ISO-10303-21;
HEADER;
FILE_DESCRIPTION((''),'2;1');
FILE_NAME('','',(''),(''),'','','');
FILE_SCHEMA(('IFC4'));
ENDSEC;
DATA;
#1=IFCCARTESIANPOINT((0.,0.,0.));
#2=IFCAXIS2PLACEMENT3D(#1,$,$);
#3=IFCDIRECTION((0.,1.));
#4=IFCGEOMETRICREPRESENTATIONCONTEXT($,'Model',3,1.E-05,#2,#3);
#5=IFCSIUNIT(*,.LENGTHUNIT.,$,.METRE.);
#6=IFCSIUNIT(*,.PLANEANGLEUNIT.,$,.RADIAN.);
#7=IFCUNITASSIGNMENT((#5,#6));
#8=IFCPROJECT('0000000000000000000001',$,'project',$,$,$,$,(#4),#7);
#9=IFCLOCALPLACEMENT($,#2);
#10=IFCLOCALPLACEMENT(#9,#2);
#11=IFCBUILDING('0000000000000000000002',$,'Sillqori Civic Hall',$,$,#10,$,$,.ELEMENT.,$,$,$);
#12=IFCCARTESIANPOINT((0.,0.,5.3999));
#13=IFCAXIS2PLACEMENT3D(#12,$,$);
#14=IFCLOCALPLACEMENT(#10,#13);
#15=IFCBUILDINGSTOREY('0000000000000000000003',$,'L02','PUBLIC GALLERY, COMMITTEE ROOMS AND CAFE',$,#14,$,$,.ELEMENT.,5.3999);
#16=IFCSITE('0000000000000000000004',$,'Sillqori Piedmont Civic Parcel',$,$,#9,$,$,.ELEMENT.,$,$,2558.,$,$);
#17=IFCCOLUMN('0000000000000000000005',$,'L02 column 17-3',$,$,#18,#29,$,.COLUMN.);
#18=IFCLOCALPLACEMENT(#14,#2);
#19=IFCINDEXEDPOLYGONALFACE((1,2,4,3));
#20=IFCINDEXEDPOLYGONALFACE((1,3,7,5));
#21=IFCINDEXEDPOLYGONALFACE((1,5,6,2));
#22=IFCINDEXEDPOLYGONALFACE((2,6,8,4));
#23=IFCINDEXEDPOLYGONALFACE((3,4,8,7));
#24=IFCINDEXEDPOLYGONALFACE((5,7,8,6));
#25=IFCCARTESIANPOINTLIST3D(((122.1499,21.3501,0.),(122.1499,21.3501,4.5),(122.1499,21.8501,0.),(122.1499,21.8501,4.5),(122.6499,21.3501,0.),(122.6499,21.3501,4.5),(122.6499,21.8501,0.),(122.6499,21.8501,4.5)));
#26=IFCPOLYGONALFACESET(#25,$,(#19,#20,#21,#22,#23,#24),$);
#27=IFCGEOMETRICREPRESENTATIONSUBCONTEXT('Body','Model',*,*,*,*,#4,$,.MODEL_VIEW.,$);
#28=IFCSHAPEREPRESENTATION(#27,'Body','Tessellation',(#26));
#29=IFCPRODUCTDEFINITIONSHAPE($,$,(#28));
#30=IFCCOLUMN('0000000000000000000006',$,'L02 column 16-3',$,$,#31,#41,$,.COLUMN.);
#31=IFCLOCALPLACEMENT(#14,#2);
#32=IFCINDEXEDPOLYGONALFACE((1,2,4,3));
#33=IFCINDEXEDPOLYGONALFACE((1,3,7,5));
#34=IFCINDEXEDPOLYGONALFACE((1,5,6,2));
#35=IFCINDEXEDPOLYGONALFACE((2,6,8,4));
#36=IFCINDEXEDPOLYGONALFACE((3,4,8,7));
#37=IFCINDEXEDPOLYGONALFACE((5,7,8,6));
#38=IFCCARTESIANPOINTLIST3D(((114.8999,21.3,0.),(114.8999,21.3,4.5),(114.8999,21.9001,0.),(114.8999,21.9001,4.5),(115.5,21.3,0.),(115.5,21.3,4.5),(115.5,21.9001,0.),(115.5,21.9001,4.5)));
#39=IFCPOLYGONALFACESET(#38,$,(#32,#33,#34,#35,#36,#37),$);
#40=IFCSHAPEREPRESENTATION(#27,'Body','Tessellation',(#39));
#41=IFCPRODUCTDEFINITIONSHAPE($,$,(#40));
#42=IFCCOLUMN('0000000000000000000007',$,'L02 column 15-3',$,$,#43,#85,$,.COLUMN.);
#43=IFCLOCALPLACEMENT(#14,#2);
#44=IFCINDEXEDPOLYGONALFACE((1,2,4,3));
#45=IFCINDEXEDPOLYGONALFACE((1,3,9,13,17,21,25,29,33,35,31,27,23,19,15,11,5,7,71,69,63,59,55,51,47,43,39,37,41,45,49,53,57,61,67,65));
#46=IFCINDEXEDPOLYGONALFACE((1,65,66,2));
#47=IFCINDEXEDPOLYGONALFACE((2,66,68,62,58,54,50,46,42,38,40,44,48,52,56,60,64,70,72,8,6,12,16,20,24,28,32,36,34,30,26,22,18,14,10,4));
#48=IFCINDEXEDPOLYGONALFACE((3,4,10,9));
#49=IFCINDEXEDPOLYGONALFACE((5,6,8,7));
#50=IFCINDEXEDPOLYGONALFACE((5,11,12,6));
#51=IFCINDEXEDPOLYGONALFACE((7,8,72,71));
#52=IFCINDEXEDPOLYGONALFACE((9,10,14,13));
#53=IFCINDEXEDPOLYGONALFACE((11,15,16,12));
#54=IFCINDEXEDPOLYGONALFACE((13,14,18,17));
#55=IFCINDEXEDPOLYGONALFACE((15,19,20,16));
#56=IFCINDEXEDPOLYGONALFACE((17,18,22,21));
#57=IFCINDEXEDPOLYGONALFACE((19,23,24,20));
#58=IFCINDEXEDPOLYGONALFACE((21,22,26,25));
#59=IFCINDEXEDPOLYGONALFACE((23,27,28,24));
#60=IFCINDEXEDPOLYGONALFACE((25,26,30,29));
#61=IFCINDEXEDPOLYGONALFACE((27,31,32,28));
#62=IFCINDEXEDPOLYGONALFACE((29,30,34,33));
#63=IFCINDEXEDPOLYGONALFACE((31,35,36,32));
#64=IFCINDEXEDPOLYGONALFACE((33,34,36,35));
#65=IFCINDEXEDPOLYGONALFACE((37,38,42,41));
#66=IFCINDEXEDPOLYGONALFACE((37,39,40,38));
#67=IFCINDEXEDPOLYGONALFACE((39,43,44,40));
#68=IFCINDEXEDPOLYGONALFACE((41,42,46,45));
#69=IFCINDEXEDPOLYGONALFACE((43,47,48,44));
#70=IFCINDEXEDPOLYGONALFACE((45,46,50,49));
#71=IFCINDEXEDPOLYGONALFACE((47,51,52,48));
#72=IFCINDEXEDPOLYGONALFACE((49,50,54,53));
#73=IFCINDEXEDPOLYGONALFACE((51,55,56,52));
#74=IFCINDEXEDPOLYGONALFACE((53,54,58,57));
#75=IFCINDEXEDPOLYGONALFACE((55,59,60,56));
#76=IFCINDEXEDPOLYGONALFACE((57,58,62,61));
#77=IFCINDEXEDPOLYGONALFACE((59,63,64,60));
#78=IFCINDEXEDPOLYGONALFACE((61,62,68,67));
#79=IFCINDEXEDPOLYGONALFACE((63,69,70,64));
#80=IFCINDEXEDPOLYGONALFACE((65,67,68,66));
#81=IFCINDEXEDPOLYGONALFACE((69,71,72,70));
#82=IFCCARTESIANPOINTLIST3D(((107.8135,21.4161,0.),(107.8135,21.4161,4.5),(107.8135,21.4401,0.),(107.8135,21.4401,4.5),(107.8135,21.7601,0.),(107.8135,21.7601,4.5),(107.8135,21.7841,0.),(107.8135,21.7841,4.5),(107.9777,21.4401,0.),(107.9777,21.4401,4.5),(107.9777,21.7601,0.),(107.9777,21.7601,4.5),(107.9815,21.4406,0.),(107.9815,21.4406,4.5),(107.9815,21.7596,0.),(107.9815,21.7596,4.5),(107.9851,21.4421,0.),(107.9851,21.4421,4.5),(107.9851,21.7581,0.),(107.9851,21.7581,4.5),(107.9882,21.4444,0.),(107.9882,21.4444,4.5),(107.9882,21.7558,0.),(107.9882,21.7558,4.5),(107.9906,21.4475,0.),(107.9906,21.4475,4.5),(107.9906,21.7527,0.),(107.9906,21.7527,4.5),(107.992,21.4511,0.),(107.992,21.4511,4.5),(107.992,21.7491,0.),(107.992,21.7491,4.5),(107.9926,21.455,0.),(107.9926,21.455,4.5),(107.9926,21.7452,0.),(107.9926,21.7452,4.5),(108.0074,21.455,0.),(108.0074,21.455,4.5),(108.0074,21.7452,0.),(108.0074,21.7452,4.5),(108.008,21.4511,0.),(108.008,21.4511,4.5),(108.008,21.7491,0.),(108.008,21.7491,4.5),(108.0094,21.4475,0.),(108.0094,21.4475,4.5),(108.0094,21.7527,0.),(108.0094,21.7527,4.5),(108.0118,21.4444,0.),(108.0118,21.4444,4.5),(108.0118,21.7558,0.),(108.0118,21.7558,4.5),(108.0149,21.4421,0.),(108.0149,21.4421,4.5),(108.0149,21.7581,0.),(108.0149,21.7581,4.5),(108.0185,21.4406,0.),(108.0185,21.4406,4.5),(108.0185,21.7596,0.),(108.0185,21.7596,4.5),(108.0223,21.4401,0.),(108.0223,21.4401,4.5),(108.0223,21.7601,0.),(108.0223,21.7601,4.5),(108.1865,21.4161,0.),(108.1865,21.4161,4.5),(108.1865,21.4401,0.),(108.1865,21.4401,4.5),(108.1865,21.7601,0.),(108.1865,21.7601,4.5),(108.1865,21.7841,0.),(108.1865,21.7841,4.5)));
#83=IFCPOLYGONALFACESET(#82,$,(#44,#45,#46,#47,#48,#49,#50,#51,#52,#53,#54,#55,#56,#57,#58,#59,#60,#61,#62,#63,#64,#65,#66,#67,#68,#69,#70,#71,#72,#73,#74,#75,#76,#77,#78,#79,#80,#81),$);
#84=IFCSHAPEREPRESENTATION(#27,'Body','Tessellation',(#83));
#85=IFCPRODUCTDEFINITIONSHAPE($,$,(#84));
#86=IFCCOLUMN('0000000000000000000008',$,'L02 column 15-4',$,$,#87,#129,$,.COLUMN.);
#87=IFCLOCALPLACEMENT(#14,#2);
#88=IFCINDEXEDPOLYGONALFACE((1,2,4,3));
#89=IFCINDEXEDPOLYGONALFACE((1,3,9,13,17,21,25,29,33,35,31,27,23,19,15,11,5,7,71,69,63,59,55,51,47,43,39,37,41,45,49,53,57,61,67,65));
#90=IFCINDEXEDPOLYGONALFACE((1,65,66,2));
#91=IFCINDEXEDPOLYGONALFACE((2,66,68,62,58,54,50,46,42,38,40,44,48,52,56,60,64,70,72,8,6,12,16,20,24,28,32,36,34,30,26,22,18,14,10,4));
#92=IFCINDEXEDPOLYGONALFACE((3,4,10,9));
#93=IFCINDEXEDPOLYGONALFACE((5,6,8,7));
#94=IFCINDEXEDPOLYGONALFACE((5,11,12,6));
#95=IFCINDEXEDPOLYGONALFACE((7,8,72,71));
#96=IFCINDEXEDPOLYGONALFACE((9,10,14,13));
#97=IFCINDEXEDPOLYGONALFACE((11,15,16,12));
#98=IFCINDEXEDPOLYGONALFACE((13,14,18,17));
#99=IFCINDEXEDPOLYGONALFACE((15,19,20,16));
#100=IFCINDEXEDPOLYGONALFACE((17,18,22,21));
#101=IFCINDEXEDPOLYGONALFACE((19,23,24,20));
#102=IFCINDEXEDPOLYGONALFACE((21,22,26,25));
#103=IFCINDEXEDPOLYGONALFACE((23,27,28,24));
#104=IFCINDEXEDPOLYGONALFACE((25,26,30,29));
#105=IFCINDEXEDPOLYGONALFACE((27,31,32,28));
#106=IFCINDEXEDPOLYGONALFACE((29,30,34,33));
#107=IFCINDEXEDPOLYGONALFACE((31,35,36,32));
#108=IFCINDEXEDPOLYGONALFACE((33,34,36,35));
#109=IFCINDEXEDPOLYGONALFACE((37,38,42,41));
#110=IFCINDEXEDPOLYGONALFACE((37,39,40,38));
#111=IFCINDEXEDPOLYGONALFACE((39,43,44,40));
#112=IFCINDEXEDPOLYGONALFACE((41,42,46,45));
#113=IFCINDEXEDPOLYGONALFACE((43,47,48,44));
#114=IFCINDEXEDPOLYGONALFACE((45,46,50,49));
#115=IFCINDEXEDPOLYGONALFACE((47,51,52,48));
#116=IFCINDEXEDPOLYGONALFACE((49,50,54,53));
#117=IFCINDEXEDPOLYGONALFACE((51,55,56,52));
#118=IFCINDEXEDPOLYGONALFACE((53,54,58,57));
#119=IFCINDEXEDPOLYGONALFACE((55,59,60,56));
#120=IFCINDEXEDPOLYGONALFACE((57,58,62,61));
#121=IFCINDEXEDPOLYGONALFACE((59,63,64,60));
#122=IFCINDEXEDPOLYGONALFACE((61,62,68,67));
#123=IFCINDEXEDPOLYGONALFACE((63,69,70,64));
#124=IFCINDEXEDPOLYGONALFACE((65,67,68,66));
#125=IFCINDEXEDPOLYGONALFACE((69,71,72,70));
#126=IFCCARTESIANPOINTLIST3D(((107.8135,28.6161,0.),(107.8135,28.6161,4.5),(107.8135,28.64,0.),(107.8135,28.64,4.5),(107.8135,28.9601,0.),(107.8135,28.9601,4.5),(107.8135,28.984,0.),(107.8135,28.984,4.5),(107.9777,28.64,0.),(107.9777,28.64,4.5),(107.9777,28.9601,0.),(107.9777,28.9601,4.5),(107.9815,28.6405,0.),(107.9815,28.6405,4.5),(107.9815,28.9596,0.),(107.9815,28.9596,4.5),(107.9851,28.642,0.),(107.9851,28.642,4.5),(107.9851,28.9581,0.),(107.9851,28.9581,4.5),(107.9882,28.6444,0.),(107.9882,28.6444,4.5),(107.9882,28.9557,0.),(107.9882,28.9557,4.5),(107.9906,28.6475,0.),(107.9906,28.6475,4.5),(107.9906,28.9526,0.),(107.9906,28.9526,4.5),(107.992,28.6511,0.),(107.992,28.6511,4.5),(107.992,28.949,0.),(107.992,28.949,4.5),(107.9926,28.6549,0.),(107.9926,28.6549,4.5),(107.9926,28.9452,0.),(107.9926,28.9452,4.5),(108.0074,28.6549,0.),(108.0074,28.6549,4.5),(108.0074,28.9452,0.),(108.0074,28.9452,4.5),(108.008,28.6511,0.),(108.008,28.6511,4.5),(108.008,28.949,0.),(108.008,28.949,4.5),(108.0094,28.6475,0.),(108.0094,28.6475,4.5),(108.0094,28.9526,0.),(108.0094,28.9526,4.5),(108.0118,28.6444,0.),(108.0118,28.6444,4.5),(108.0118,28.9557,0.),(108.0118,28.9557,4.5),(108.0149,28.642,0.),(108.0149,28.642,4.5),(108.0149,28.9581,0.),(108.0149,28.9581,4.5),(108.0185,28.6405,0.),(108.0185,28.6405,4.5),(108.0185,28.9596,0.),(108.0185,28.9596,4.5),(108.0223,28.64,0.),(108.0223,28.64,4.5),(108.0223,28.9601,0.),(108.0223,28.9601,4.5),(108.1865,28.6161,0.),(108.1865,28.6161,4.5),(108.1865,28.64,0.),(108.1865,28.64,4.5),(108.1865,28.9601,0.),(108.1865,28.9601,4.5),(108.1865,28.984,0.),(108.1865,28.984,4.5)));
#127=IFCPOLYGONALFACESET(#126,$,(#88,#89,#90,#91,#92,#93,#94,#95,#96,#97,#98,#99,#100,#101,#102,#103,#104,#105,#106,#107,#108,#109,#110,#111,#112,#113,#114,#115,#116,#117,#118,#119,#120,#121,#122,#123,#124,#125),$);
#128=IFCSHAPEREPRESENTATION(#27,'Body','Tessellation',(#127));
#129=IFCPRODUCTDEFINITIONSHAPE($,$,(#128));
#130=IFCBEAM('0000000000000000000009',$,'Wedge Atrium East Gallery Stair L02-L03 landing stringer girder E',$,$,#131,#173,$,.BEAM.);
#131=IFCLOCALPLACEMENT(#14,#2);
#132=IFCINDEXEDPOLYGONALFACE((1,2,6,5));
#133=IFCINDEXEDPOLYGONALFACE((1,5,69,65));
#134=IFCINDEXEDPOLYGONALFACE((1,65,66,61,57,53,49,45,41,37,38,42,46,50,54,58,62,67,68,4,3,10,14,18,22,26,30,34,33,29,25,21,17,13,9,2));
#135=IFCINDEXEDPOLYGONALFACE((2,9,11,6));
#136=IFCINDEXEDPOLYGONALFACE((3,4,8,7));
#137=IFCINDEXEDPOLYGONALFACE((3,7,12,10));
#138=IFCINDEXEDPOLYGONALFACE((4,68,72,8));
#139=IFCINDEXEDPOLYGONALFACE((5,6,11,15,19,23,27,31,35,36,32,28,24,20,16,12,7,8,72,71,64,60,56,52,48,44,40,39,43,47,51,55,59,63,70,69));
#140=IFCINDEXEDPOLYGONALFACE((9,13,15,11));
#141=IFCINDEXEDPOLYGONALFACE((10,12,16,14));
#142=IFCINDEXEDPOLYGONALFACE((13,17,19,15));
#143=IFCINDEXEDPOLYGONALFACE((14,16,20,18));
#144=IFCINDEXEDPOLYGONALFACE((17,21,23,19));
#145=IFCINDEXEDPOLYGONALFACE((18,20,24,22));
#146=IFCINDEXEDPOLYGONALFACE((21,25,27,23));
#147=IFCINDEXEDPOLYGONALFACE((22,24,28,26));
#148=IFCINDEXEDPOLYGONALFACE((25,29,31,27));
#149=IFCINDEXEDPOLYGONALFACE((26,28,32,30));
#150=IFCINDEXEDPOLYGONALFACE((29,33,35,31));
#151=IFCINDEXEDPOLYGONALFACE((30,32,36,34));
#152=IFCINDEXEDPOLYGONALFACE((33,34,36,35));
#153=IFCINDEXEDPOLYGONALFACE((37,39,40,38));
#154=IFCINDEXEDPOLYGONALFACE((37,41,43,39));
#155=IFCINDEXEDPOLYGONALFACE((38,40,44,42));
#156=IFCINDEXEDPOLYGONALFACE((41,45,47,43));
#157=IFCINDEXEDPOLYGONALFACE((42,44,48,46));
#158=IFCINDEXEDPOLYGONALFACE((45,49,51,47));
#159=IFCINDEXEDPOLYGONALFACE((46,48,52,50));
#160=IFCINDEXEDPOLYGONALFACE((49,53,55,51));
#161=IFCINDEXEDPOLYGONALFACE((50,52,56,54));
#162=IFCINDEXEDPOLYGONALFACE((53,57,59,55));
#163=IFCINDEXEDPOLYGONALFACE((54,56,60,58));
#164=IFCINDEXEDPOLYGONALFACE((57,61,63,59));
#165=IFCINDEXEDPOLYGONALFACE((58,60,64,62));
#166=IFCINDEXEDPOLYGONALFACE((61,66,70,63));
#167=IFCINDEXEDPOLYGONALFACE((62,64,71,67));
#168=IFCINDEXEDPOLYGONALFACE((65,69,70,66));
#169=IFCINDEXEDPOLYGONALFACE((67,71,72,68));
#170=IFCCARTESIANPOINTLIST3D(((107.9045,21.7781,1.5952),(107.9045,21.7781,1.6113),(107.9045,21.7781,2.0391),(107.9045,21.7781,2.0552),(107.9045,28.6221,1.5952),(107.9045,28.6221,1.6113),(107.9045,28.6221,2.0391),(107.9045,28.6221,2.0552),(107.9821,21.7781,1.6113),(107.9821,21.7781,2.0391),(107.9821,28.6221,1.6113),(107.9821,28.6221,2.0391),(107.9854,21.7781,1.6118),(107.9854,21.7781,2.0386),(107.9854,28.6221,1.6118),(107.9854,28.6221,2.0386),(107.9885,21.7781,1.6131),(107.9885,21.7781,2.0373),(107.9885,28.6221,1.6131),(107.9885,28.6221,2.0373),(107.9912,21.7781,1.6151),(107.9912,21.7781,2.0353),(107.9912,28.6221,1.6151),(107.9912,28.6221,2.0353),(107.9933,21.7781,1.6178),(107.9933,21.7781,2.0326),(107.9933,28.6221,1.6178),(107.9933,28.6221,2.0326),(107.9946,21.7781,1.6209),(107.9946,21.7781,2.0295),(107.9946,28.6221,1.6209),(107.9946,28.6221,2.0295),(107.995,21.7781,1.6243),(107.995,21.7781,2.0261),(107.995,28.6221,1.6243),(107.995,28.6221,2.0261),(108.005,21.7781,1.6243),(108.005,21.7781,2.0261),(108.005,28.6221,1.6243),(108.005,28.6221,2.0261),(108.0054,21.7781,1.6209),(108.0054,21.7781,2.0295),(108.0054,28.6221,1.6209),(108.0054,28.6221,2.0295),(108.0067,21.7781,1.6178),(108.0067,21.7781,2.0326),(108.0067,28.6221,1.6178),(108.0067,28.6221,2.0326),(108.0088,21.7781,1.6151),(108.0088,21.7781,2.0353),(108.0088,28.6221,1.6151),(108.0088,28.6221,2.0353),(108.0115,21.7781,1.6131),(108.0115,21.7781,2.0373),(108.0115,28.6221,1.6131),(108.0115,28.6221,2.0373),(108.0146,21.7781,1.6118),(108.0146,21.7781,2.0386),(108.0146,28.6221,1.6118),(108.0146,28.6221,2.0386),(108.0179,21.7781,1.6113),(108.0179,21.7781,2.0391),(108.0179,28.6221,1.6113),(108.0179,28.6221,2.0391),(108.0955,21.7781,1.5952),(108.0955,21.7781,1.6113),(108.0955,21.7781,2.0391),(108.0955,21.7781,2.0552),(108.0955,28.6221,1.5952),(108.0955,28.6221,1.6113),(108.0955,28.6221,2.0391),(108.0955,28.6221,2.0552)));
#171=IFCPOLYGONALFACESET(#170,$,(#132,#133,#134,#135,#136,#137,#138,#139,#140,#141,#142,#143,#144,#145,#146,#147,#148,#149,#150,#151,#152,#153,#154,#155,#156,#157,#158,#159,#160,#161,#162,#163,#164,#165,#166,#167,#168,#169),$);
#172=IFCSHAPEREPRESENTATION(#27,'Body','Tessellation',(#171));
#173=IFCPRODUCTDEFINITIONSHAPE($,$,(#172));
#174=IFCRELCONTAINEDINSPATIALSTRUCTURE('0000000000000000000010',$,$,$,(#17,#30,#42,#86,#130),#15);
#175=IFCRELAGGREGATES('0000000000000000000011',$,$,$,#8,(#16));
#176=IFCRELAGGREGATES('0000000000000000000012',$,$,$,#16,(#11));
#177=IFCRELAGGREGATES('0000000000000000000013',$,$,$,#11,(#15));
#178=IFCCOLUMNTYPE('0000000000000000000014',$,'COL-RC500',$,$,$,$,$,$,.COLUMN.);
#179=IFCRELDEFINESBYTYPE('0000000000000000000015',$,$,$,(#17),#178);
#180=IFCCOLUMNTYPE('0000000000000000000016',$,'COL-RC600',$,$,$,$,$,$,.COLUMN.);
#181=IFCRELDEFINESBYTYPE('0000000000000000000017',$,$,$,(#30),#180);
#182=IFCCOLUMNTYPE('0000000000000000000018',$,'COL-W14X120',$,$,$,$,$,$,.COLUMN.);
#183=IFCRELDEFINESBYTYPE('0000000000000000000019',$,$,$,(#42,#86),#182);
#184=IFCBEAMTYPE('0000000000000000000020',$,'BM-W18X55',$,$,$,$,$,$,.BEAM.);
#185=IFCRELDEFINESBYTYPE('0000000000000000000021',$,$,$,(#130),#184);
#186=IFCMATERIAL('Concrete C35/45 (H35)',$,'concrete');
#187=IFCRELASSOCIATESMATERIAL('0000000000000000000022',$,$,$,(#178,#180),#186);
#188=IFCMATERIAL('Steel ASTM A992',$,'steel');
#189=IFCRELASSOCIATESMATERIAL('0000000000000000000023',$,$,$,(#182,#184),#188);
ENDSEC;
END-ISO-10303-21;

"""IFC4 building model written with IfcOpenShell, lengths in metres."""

from ifc_helpers import new_model, si_unit, direction, frame, origin, origin_2d, place, context, subcontext, project, spatial, rectangle, i_section, extrude, material, material_profile, profile_set, type_object, element, save


model = new_model("IFC4")

# Units and contexts
model_context = context("Model", 3, precision=1e-05, world=origin(), true_north=direction((0.0, 1.0)))
body_context = subcontext(model_context, "Body", "Model", "MODEL_VIEW")
ifc_project = project(units=[si_unit("LENGTHUNIT", "METRE"), si_unit("PLANEANGLEUNIT", "RADIAN")], contexts=[model_context])

# Site, building, storey
site_placement = place(None, origin())
site = spatial("IfcSite", under=ifc_project, at=site_placement, Name="Sillqori Piedmont Civic Parcel", CompositionType="ELEMENT", RefElevation=2558.0)
building_placement = place(site_placement, origin())
building = spatial("IfcBuilding", under=site, at=building_placement, Name="Sillqori Civic Hall", CompositionType="ELEMENT")
storey_placement = place(building_placement, frame((0.0, 0.0, 5.3999)))
storey = spatial("IfcBuildingStorey", under=building, at=storey_placement, Name="L02", Description="PUBLIC GALLERY, COMMITTEE ROOMS AND CAFE", CompositionType="ELEMENT", Elevation=5.3999)

# Columns
ifc_material_1 = material(Name="Concrete C35/45 (H35)", Category="concrete")
ifc_material_profile_1 = material_profile(ifc_material_1, rectangle(XDim=0.5, YDim=0.5, at=origin_2d()), Name="RC 500x500")
ifc_profile_set_1 = profile_set([ifc_material_profile_1], Name="Concrete C35/45 (H35)")
column_type_1 = type_object("IfcColumnType", Name="COL-RC500", PredefinedType="COLUMN", material=ifc_profile_set_1)
column_1_placement = place(storey_placement, frame((122.3999, 21.6001, 0.0), z_axis=(0.0, 0.0, 1.0), x_axis=(1.0, 0.0, 0.0)))
element("IfcColumn", 1, at=column_1_placement, inside=storey, type_object=column_type_1, Name="L02 column 17-3", PredefinedType="COLUMN", context=body_context, shape_type="SweptSolid", body=[
    extrude(rectangle(XDim=0.5, YDim=0.5, at=origin_2d()), origin(), (0.0, 0.0, 1.0), 4.5),
])
ifc_material_profile_2 = material_profile(ifc_material_1, rectangle(XDim=0.6001, YDim=0.6001, at=origin_2d()), Name="RC 600x600")
ifc_profile_set_2 = profile_set([ifc_material_profile_2], Name="Concrete C35/45 (H35)")
column_type_2 = type_object("IfcColumnType", Name="COL-RC600", PredefinedType="COLUMN", material=ifc_profile_set_2)
column_2_placement = place(storey_placement, frame((115.2, 21.6001, 0.0), z_axis=(0.0, 0.0, 1.0), x_axis=(1.0, 0.0, 0.0)))
element("IfcColumn", 2, at=column_2_placement, inside=storey, type_object=column_type_2, Name="L02 column 16-3", PredefinedType="COLUMN", context=body_context, shape_type="SweptSolid", body=[
    extrude(rectangle(XDim=0.6001, YDim=0.6001, at=origin_2d()), origin(), (0.0, 0.0, 1.0), 4.5),
])
ifc_material_2 = material(Name="Steel ASTM A992", Category="steel")
ifc_material_profile_3 = material_profile(ifc_material_2, i_section(OverallWidth=0.373, OverallDepth=0.3679, WebThickness=0.0149, FlangeThickness=0.0239, FilletRadius=0.0149, at=origin_2d()), Name="W14X120")
ifc_profile_set_3 = profile_set([ifc_material_profile_3], Name="Steel ASTM A992")
column_type_3 = type_object("IfcColumnType", Name="COL-W14X120", PredefinedType="COLUMN", material=ifc_profile_set_3)
for number, where, z_axis, x_axis, name in (
    (3, (108.0, 21.6001, 0.0), (0.0, 0.0, 1.0), (1.0, 0.0, 0.0), "L02 column 15-3"),
    (4, (108.0, 28.8, 0.0), (0.0, 0.0, 1.0), (1.0, 0.0, 0.0), "L02 column 15-4"),
):
    element("IfcColumn", number, at=place(storey_placement, frame(where, z_axis=z_axis, x_axis=x_axis)), inside=storey, type_object=column_type_3, Name=name, PredefinedType="COLUMN", context=body_context, shape_type="SweptSolid", body=[
        extrude(i_section(OverallWidth=0.373, OverallDepth=0.3679, WebThickness=0.0149, FlangeThickness=0.0239, FilletRadius=0.0149, at=origin_2d()), origin(), (0.0, 0.0, 1.0), 4.5),
    ])

# Beam
ifc_material_profile_4 = material_profile(ifc_material_2, i_section(OverallWidth=0.1909, OverallDepth=0.46, WebThickness=0.01, FlangeThickness=0.0161, FilletRadius=0.0129, at=origin_2d()), Name="W18X55")
ifc_profile_set_4 = profile_set([ifc_material_profile_4], Name="Steel ASTM A992")
beam_type_1 = type_object("IfcBeamType", Name="BM-W18X55", PredefinedType="BEAM", material=ifc_profile_set_4)
beam_1_placement = place(storey_placement, frame((108.0, 21.7781, 1.8252), z_axis=(0.0, 1.0, 0.0), x_axis=(-1.0, 0.0, 0.0)))
element("IfcBeam", 5, at=beam_1_placement, inside=storey, type_object=beam_type_1, Name="Wedge Atrium East Gallery Stair L02-L03 landing stringer girder E", PredefinedType="BEAM", context=body_context, shape_type="SweptSolid", body=[
    extrude(i_section(OverallWidth=0.1909, OverallDepth=0.46, WebThickness=0.01, FlangeThickness=0.0161, FilletRadius=0.0129, at=origin_2d()), origin(), (0.0, 0.0, 1.0), 6.844),
])

save(model, "model.ifc")
